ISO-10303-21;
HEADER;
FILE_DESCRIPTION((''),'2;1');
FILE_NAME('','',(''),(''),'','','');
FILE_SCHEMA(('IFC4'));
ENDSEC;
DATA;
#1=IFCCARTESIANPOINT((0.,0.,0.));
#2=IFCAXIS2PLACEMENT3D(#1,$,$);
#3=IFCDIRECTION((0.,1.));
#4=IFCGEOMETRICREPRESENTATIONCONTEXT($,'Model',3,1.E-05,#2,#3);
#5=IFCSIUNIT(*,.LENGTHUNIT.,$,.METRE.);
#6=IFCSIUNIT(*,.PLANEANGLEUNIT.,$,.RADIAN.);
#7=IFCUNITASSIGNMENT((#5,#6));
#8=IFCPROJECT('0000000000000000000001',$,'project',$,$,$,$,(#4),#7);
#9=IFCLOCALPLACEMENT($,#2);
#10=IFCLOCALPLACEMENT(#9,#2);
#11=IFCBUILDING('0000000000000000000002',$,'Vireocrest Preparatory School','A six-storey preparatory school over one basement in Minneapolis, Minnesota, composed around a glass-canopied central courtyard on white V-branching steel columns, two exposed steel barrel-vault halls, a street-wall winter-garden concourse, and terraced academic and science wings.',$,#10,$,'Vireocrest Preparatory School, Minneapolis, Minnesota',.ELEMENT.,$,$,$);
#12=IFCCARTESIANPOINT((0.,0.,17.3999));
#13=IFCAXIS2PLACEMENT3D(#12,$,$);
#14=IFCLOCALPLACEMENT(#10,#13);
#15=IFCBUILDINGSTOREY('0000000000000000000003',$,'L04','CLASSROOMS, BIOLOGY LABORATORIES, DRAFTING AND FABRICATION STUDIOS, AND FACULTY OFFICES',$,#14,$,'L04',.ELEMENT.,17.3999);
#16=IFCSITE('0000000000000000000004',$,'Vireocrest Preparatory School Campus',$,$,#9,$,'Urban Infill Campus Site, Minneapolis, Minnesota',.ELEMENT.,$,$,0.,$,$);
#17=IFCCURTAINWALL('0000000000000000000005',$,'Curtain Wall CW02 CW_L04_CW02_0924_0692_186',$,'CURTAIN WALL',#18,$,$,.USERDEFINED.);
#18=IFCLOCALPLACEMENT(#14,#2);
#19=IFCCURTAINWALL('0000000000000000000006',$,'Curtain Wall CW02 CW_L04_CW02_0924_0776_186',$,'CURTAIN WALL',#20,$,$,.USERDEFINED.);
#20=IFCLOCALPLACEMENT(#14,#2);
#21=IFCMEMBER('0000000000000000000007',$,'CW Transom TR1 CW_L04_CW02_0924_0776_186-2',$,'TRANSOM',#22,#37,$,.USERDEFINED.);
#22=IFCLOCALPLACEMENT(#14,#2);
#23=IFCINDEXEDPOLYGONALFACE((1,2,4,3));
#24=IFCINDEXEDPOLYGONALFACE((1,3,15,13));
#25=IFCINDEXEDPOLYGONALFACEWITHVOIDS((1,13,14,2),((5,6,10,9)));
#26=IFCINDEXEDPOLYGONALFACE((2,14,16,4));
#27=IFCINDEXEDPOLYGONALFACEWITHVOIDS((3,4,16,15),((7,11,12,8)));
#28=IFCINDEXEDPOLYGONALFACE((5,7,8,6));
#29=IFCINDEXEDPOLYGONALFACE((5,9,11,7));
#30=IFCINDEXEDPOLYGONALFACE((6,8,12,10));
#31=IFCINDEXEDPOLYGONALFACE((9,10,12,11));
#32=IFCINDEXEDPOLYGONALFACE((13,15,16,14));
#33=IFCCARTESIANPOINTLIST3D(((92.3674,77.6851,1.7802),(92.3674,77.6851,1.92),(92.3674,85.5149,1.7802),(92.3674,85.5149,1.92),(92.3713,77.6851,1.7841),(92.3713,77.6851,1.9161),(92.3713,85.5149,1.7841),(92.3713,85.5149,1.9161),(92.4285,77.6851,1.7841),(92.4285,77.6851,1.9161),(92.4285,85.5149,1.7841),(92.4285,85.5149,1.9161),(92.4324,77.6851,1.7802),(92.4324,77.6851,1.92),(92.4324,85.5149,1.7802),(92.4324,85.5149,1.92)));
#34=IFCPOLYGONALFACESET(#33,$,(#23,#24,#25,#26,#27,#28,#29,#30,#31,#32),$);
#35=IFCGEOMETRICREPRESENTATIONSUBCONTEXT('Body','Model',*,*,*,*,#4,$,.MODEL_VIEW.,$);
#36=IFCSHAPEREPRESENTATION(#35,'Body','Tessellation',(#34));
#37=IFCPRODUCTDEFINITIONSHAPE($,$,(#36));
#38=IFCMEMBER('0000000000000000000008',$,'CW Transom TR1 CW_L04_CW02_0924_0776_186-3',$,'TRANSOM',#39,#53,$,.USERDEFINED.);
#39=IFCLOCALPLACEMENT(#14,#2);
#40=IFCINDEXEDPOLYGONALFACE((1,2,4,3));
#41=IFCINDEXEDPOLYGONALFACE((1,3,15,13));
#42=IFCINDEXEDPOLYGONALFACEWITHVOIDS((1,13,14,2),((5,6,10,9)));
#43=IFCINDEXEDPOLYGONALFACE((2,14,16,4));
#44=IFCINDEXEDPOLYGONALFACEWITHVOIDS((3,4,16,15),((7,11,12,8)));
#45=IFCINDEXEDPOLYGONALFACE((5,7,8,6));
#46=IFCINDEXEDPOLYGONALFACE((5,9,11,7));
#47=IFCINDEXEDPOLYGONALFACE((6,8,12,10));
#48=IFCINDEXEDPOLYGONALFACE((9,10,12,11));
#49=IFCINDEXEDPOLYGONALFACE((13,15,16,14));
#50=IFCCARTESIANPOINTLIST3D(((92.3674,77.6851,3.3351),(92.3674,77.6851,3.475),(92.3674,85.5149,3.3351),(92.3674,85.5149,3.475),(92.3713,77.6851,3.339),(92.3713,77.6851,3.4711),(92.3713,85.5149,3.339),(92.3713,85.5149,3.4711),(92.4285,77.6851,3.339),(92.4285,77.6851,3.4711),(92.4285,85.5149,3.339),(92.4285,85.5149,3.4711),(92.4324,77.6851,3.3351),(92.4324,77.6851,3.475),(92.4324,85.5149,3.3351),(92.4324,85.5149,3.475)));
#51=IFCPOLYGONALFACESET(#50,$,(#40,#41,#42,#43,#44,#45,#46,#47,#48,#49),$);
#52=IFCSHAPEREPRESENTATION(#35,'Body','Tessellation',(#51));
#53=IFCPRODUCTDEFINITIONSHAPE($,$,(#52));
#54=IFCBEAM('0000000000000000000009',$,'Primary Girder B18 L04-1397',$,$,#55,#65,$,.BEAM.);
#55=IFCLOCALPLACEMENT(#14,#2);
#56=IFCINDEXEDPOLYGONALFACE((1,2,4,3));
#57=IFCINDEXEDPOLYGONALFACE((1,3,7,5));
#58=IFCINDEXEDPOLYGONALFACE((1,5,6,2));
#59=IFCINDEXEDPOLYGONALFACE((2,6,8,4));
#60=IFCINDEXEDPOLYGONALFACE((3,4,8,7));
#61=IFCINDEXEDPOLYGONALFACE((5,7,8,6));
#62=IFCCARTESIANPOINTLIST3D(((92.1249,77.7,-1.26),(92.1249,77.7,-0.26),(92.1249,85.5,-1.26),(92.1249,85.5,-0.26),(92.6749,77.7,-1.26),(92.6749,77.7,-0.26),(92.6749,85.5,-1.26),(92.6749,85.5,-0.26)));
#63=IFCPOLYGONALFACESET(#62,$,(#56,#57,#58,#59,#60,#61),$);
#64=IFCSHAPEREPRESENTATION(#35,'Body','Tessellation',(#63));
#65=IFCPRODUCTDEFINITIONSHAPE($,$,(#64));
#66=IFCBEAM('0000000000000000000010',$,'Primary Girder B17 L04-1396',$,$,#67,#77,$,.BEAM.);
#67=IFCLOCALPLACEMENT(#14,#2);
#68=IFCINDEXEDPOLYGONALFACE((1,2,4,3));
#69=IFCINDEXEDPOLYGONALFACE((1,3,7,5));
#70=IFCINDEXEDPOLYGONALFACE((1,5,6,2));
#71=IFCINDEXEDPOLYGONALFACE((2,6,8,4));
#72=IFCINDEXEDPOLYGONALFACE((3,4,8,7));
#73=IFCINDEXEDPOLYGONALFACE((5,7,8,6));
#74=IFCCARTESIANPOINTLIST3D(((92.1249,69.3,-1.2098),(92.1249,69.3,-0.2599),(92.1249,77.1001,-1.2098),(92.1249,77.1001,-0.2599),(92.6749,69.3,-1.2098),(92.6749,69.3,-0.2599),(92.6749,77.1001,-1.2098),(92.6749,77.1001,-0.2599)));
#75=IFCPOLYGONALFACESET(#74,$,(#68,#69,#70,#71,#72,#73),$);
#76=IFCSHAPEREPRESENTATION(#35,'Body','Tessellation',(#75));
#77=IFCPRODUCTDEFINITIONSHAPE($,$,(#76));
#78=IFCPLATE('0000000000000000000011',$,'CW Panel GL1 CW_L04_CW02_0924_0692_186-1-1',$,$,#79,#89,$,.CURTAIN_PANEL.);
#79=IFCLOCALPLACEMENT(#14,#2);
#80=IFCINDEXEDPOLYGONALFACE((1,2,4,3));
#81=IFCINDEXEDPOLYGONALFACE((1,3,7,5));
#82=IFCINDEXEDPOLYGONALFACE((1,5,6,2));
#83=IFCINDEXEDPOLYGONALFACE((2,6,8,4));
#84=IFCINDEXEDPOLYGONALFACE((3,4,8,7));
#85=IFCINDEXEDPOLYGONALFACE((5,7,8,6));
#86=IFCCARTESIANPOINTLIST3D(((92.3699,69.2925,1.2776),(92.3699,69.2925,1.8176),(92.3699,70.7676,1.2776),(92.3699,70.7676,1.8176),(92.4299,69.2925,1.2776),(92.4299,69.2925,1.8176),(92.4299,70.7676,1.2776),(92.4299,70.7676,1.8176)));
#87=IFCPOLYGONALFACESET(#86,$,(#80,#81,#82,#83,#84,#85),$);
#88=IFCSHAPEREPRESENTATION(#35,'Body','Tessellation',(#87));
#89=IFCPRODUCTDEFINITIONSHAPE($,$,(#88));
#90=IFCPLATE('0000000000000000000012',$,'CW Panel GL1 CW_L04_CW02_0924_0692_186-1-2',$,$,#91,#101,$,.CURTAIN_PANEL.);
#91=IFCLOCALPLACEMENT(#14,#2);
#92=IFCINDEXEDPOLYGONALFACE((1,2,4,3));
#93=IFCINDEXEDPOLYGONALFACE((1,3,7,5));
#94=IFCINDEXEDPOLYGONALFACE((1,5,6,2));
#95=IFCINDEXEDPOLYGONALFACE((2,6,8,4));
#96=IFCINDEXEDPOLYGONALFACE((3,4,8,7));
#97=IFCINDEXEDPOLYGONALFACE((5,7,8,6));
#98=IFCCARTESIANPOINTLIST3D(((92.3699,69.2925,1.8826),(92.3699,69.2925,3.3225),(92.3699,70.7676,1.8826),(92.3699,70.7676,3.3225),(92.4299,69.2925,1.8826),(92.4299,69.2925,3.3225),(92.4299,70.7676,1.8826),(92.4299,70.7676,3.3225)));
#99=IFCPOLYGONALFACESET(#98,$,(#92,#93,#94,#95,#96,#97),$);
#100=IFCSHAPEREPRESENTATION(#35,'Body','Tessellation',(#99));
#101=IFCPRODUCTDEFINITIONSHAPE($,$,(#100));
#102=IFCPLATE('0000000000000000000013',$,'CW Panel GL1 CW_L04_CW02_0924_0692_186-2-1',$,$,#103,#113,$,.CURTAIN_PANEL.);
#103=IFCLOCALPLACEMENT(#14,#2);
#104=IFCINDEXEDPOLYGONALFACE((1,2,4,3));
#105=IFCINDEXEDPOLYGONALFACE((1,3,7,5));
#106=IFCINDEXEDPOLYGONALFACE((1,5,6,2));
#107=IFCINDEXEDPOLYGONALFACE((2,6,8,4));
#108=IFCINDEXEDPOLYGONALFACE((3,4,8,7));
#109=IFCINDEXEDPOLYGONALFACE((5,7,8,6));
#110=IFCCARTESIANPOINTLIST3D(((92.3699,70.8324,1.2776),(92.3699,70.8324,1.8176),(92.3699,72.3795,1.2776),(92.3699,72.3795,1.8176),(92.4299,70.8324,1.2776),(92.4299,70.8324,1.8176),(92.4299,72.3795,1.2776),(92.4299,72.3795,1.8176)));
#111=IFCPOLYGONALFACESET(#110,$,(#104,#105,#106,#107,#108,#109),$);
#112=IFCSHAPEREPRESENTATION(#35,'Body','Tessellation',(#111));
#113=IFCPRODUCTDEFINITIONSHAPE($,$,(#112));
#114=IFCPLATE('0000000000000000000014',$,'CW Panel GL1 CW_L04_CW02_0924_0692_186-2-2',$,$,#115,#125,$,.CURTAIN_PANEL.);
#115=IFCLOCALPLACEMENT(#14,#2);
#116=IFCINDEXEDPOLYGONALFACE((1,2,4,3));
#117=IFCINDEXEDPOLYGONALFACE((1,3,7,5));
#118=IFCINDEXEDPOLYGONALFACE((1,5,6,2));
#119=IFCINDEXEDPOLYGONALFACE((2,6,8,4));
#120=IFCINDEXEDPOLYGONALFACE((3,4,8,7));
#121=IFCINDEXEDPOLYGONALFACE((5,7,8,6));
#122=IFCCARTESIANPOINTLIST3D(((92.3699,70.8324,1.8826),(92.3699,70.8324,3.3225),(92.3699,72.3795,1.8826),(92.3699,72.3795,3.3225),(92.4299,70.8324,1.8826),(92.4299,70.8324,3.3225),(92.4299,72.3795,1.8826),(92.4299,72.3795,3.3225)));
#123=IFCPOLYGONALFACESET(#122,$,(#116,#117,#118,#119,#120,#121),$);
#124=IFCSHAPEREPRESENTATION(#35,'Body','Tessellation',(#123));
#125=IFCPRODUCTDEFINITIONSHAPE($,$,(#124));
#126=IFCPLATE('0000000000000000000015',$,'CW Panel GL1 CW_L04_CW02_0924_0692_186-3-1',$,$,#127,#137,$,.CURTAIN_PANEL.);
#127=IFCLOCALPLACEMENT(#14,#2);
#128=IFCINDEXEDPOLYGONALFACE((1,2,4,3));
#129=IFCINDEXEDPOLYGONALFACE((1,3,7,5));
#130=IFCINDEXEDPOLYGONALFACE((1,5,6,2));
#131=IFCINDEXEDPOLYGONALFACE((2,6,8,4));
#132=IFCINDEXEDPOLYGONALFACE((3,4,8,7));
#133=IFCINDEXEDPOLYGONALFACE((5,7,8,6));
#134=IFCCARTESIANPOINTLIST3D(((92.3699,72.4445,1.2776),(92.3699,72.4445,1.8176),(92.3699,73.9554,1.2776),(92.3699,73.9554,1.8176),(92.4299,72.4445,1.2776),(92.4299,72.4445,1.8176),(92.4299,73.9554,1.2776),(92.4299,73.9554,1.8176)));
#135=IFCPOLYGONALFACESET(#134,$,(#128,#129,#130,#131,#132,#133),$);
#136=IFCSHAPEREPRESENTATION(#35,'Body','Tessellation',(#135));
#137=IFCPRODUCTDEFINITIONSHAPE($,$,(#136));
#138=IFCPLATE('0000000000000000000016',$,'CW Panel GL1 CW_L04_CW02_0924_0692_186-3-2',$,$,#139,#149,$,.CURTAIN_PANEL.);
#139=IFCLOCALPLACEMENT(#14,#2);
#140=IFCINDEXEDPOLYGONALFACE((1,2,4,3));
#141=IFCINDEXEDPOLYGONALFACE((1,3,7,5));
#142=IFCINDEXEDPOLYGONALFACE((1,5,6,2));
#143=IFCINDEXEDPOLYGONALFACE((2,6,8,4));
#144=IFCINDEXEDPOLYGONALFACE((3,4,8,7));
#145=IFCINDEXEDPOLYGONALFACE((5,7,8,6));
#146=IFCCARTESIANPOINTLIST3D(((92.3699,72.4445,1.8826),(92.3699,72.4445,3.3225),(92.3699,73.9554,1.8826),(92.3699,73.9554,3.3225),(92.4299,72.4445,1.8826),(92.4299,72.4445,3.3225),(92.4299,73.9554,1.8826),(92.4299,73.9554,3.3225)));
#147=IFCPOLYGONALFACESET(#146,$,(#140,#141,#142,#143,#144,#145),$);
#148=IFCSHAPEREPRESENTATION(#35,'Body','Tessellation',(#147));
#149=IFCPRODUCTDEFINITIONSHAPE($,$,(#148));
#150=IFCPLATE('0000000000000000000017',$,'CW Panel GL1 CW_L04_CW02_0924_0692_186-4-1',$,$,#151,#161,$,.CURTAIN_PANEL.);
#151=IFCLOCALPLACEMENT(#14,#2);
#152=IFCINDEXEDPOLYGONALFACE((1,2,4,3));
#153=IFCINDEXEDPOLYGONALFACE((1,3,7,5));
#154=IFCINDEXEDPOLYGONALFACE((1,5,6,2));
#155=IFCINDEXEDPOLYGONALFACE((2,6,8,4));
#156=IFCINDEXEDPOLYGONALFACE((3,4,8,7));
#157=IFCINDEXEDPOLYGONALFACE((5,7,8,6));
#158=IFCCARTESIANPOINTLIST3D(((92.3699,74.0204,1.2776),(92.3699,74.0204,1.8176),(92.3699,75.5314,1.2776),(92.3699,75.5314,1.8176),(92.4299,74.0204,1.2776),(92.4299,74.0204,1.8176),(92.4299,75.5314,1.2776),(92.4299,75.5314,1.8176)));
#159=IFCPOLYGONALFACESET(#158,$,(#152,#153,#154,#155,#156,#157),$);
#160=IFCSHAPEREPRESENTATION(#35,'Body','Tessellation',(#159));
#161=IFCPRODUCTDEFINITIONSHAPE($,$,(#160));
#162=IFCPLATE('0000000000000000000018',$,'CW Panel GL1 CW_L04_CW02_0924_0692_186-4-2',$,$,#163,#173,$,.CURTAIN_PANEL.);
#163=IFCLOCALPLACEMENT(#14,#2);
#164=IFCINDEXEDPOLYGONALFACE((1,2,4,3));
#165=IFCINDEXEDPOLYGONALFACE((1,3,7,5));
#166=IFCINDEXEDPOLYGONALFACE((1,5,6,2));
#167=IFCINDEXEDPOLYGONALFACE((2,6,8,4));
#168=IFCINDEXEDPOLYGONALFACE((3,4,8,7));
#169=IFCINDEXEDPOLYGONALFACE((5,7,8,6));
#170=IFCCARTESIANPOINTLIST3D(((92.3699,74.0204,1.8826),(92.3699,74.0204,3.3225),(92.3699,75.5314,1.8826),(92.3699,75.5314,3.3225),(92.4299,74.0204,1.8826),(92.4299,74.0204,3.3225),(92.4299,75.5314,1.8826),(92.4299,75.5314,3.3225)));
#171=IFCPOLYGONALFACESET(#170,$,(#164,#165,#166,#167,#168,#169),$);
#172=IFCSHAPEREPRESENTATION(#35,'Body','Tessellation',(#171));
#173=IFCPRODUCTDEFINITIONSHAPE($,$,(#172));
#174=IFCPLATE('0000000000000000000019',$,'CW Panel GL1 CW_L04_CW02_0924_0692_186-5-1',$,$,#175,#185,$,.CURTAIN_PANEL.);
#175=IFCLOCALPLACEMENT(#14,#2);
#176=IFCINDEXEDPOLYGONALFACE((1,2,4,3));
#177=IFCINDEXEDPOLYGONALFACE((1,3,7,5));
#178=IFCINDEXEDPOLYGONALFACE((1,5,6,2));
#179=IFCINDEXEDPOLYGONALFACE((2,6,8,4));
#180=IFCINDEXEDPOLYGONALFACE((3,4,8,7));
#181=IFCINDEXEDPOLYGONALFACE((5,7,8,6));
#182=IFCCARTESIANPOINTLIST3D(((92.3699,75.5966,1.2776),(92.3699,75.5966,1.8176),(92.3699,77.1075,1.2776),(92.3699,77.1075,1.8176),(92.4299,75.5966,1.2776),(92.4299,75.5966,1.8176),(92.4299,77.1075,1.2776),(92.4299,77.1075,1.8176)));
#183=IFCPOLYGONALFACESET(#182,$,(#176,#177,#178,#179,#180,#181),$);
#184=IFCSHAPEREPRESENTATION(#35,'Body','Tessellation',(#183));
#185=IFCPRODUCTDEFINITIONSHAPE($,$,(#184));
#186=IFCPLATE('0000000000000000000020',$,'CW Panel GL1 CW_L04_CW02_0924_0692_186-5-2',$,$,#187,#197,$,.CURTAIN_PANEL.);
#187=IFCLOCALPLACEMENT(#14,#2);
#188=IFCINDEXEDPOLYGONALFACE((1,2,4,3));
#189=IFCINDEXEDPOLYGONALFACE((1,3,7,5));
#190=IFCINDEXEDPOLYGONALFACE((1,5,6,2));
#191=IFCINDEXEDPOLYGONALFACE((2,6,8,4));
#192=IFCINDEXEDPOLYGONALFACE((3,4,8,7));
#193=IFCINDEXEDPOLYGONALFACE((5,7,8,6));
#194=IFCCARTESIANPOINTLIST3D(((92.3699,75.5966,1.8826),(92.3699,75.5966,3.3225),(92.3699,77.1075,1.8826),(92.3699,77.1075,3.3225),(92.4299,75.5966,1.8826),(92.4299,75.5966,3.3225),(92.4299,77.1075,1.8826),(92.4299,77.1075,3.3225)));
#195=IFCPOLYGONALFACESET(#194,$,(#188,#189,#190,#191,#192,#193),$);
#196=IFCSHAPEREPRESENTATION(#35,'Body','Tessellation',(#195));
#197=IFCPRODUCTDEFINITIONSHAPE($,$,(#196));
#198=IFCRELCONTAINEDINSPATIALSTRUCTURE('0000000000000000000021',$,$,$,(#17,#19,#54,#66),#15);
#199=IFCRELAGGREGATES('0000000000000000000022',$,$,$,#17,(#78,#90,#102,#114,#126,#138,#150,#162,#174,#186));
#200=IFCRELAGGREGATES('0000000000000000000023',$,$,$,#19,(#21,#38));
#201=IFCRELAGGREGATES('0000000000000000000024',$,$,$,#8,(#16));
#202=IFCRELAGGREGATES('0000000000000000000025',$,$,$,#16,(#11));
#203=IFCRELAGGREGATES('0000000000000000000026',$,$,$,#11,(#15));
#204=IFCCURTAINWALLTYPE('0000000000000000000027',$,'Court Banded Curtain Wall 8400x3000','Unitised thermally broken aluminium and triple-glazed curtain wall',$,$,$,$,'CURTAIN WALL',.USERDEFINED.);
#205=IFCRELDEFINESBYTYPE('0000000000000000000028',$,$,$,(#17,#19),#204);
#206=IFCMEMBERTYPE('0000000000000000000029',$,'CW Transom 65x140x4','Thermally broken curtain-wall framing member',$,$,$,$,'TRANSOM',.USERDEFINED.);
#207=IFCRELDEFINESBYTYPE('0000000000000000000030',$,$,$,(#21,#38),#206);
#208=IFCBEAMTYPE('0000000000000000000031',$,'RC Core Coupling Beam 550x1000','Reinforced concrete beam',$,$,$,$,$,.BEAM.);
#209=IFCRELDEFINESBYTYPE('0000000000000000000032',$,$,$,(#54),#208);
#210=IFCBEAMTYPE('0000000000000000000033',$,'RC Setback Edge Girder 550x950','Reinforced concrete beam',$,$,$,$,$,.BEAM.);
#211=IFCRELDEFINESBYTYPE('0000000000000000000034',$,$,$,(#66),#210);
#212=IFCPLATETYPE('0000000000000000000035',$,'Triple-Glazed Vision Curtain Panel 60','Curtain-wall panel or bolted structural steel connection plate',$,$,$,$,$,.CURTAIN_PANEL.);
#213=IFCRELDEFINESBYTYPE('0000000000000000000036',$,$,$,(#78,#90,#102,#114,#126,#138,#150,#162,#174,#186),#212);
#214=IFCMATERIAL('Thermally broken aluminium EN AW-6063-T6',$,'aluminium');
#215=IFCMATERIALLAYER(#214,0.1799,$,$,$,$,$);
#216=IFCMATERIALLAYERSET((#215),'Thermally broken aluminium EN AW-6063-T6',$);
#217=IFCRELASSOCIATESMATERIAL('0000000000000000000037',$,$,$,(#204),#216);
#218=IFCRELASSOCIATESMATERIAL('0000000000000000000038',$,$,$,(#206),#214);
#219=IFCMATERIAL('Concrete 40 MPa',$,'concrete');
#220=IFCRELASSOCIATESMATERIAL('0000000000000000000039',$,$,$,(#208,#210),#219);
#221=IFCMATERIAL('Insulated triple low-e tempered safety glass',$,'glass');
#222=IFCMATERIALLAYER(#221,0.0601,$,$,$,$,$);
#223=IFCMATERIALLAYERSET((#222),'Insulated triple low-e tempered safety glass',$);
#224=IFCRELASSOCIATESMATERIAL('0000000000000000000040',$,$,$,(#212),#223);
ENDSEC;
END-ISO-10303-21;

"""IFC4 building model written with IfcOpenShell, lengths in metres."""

from ifc_helpers import new_model, si_unit, direction, frame, origin, origin_2d, place, context, subcontext, project, spatial, rectangle, hollow_rectangle, extrude, material, layer, layer_set, material_profile, profile_set, type_object, element, aggregate, save


model = new_model("IFC4")

# Units and contexts
model_context = context("Model", 3, precision=1e-05, world=origin(), true_north=direction((0.0, 1.0)))
body_context = subcontext(model_context, "Body", "Model", "MODEL_VIEW")
ifc_project = project(units=[si_unit("LENGTHUNIT", "METRE"), si_unit("PLANEANGLEUNIT", "RADIAN")], contexts=[model_context])

# Site, building, storey
site_placement = place(None, origin())
site = spatial("IfcSite", under=ifc_project, at=site_placement, Name="Vireocrest Preparatory School Campus", LongName="Urban Infill Campus Site, Minneapolis, Minnesota", CompositionType="ELEMENT", RefElevation=0.0)
building_placement = place(site_placement, origin())
building = spatial("IfcBuilding", under=site, at=building_placement, Name="Vireocrest Preparatory School", Description="A six-storey preparatory school over one basement in Minneapolis, Minnesota, composed around a glass-canopied central courtyard on white V-branching steel columns, two exposed steel barrel-vault halls, a street-wall winter-garden concourse, and terraced academic and science wings.", LongName="Vireocrest Preparatory School, Minneapolis, Minnesota", CompositionType="ELEMENT")
storey_placement = place(building_placement, frame((0.0, 0.0, 17.3999)))
storey = spatial("IfcBuildingStorey", under=building, at=storey_placement, Name="L04", Description="CLASSROOMS, BIOLOGY LABORATORIES, DRAFTING AND FABRICATION STUDIOS, AND FACULTY OFFICES", LongName="L04", CompositionType="ELEMENT", Elevation=17.3999)

# Curtain walls, members
ifc_material_1 = material(Name="Thermally broken aluminium EN AW-6063-T6", Category="aluminium")
ifc_layer_1 = layer(ifc_material_1, 0.1799)
ifc_layer_set_1 = layer_set([ifc_layer_1], Name="Thermally broken aluminium EN AW-6063-T6")
curtain_wall_type = type_object("IfcCurtainWallType", Name="Court Banded Curtain Wall 8400x3000", Description="Unitised thermally broken aluminium and triple-glazed curtain wall", ElementType="CURTAIN WALL", PredefinedType="USERDEFINED", material=ifc_layer_set_1)
curtain_wall_1_placement = place(storey_placement, origin())
curtain_wall_1 = element("IfcCurtainWall", 1, at=curtain_wall_1_placement, inside=storey, type_object=curtain_wall_type, Name="Curtain Wall CW02 CW_L04_CW02_0924_0692_186", ObjectType="CURTAIN WALL", PredefinedType="USERDEFINED")
curtain_wall_2_placement = place(storey_placement, origin())
curtain_wall_2 = element("IfcCurtainWall", 2, at=curtain_wall_2_placement, inside=storey, type_object=curtain_wall_type, Name="Curtain Wall CW02 CW_L04_CW02_0924_0776_186", ObjectType="CURTAIN WALL", PredefinedType="USERDEFINED")
ifc_material_profile_1 = material_profile(ifc_material_1, hollow_rectangle(XDim=0.0649, YDim=0.1399, WallThickness=0.0039, at=origin_2d()), Name="ALU 65x140x4")
ifc_profile_set_1 = profile_set([ifc_material_profile_1], Name="Thermally broken aluminium EN AW-6063-T6")
member_type_1 = type_object("IfcMemberType", Name="CW Transom 65x140x4", Description="Thermally broken curtain-wall framing member", ElementType="TRANSOM", PredefinedType="USERDEFINED", material=ifc_profile_set_1)
member_1_placement = place(storey_placement, frame((92.3999, 77.6851, 1.8501), z_axis=(0.0, 1.0, 0.0), x_axis=(-1.0, 0.0, 0.0)))
member_1 = element("IfcMember", 3, at=member_1_placement, type_object=member_type_1, Name="CW Transom TR1 CW_L04_CW02_0924_0776_186-2", ObjectType="TRANSOM", PredefinedType="USERDEFINED", context=body_context, shape_type="SweptSolid", body=[
    extrude(hollow_rectangle(XDim=0.0649, YDim=0.1399, WallThickness=0.0039, at=origin_2d()), origin(), (0.0, 0.0, 1.0), 7.8298),
])
member_2_placement = place(storey_placement, frame((92.3999, 77.6851, 3.405), z_axis=(0.0, 1.0, 0.0), x_axis=(-1.0, 0.0, 0.0)))
member_2 = element("IfcMember", 4, at=member_2_placement, type_object=member_type_1, Name="CW Transom TR1 CW_L04_CW02_0924_0776_186-3", ObjectType="TRANSOM", PredefinedType="USERDEFINED", context=body_context, shape_type="SweptSolid", body=[
    extrude(hollow_rectangle(XDim=0.0649, YDim=0.1399, WallThickness=0.0039, at=origin_2d()), origin(), (0.0, 0.0, 1.0), 7.8298),
])

# Beams
ifc_material_2 = material(Name="Concrete 40 MPa", Category="concrete")
ifc_material_profile_2 = material_profile(ifc_material_2, rectangle(XDim=0.55, YDim=1.0, at=origin_2d()), Name="RC 550x1000")
ifc_profile_set_2 = profile_set([ifc_material_profile_2], Name="Concrete 40 MPa")
beam_type_1 = type_object("IfcBeamType", Name="RC Core Coupling Beam 550x1000", Description="Reinforced concrete beam", PredefinedType="BEAM", material=ifc_profile_set_2)
beam_1_placement = place(storey_placement, frame((92.3999, 77.7, -0.76), z_axis=(0.0, 1.0, 0.0), x_axis=(-1.0, 0.0, 0.0)))
element("IfcBeam", 5, at=beam_1_placement, inside=storey, type_object=beam_type_1, Name="Primary Girder B18 L04-1397", PredefinedType="BEAM", context=body_context, shape_type="SweptSolid", body=[
    extrude(rectangle(XDim=0.55, YDim=1.0, at=origin_2d()), origin(), (0.0, 0.0, 1.0), 7.8),
])
ifc_material_profile_3 = material_profile(ifc_material_2, rectangle(XDim=0.55, YDim=0.95, at=origin_2d()), Name="RC 550x950")
ifc_profile_set_3 = profile_set([ifc_material_profile_3], Name="Concrete 40 MPa")
beam_type_2 = type_object("IfcBeamType", Name="RC Setback Edge Girder 550x950", Description="Reinforced concrete beam", PredefinedType="BEAM", material=ifc_profile_set_3)
beam_2_placement = place(storey_placement, frame((92.3999, 69.3, -0.7349), z_axis=(0.0, 1.0, 0.0), x_axis=(-1.0, 0.0, 0.0)))
element("IfcBeam", 6, at=beam_2_placement, inside=storey, type_object=beam_type_2, Name="Primary Girder B17 L04-1396", PredefinedType="BEAM", context=body_context, shape_type="SweptSolid", body=[
    extrude(rectangle(XDim=0.55, YDim=0.95, at=origin_2d()), origin(), (0.0, 0.0, 1.0), 7.8),
])

# Plates
ifc_material_3 = material(Name="Insulated triple low-e tempered safety glass", Category="glass")
ifc_layer_2 = layer(ifc_material_3, 0.0601)
ifc_layer_set_2 = layer_set([ifc_layer_2], Name="Insulated triple low-e tempered safety glass")
plate_type = type_object("IfcPlateType", Name="Triple-Glazed Vision Curtain Panel 60", Description="Curtain-wall panel or bolted structural steel connection plate", PredefinedType="CURTAIN_PANEL", material=ifc_layer_set_2)
plate_1_placement = place(storey_placement, frame((92.3999, 70.03, 1.2776), z_axis=(0.0, 0.0, 1.0), x_axis=(0.0, 1.0, 0.0)))
plate_1 = element("IfcPlate", 7, at=plate_1_placement, type_object=plate_type, Name="CW Panel GL1 CW_L04_CW02_0924_0692_186-1-1", PredefinedType="CURTAIN_PANEL", context=body_context, shape_type="SweptSolid", body=[
    extrude(rectangle(XDim=1.4751, YDim=0.0601, at=origin_2d()), origin(), (0.0, 0.0, 1.0), 0.54),
])
plate_2_placement = place(storey_placement, frame((92.3999, 70.03, 1.8826), z_axis=(0.0, 0.0, 1.0), x_axis=(0.0, 1.0, 0.0)))
plate_2 = element("IfcPlate", 8, at=plate_2_placement, type_object=plate_type, Name="CW Panel GL1 CW_L04_CW02_0924_0692_186-1-2", PredefinedType="CURTAIN_PANEL", context=body_context, shape_type="SweptSolid", body=[
    extrude(rectangle(XDim=1.4751, YDim=0.0601, at=origin_2d()), origin(), (0.0, 0.0, 1.0), 1.4399),
])
plate_3_placement = place(storey_placement, frame((92.3999, 71.606, 1.2776), z_axis=(0.0, 0.0, 1.0), x_axis=(0.0, 1.0, 0.0)))
plate_3 = element("IfcPlate", 9, at=plate_3_placement, type_object=plate_type, Name="CW Panel GL1 CW_L04_CW02_0924_0692_186-2-1", PredefinedType="CURTAIN_PANEL", context=body_context, shape_type="SweptSolid", body=[
    extrude(rectangle(XDim=1.5471, YDim=0.0601, at=origin_2d()), origin(), (0.0, 0.0, 1.0), 0.54),
])
plate_4_placement = place(storey_placement, frame((92.3999, 71.606, 1.8826), z_axis=(0.0, 0.0, 1.0), x_axis=(0.0, 1.0, 0.0)))
plate_4 = element("IfcPlate", 10, at=plate_4_placement, type_object=plate_type, Name="CW Panel GL1 CW_L04_CW02_0924_0692_186-2-2", PredefinedType="CURTAIN_PANEL", context=body_context, shape_type="SweptSolid", body=[
    extrude(rectangle(XDim=1.5471, YDim=0.0601, at=origin_2d()), origin(), (0.0, 0.0, 1.0), 1.4399),
])
plate_5_placement = place(storey_placement, frame((92.3999, 73.2, 1.2776), z_axis=(0.0, 0.0, 1.0), x_axis=(0.0, 1.0, 0.0)))
plate_5 = element("IfcPlate", 11, at=plate_5_placement, type_object=plate_type, Name="CW Panel GL1 CW_L04_CW02_0924_0692_186-3-1", PredefinedType="CURTAIN_PANEL", context=body_context, shape_type="SweptSolid", body=[
    extrude(rectangle(XDim=1.511, YDim=0.0601, at=origin_2d()), origin(), (0.0, 0.0, 1.0), 0.54),
])
plate_6_placement = place(storey_placement, frame((92.3999, 73.2, 1.8826), z_axis=(0.0, 0.0, 1.0), x_axis=(0.0, 1.0, 0.0)))
plate_6 = element("IfcPlate", 12, at=plate_6_placement, type_object=plate_type, Name="CW Panel GL1 CW_L04_CW02_0924_0692_186-3-2", PredefinedType="CURTAIN_PANEL", context=body_context, shape_type="SweptSolid", body=[
    extrude(rectangle(XDim=1.511, YDim=0.0601, at=origin_2d()), origin(), (0.0, 0.0, 1.0), 1.4399),
])
plate_7_placement = place(storey_placement, frame((92.3999, 74.7759, 1.2776), z_axis=(0.0, 0.0, 1.0), x_axis=(0.0, 1.0, 0.0)))
plate_7 = element("IfcPlate", 13, at=plate_7_placement, type_object=plate_type, Name="CW Panel GL1 CW_L04_CW02_0924_0692_186-4-1", PredefinedType="CURTAIN_PANEL", context=body_context, shape_type="SweptSolid", body=[
    extrude(rectangle(XDim=1.511, YDim=0.0601, at=origin_2d()), origin(), (0.0, 0.0, 1.0), 0.54),
])
plate_8_placement = place(storey_placement, frame((92.3999, 74.7759, 1.8826), z_axis=(0.0, 0.0, 1.0), x_axis=(0.0, 1.0, 0.0)))
plate_8 = element("IfcPlate", 14, at=plate_8_placement, type_object=plate_type, Name="CW Panel GL1 CW_L04_CW02_0924_0692_186-4-2", PredefinedType="CURTAIN_PANEL", context=body_context, shape_type="SweptSolid", body=[
    extrude(rectangle(XDim=1.511, YDim=0.0601, at=origin_2d()), origin(), (0.0, 0.0, 1.0), 1.4399),
])
plate_9_placement = place(storey_placement, frame((92.3999, 76.3521, 1.2776), z_axis=(0.0, 0.0, 1.0), x_axis=(0.0, 1.0, 0.0)))
plate_9 = element("IfcPlate", 15, at=plate_9_placement, type_object=plate_type, Name="CW Panel GL1 CW_L04_CW02_0924_0692_186-5-1", PredefinedType="CURTAIN_PANEL", context=body_context, shape_type="SweptSolid", body=[
    extrude(rectangle(XDim=1.511, YDim=0.0601, at=origin_2d()), origin(), (0.0, 0.0, 1.0), 0.54),
])
plate_10_placement = place(storey_placement, frame((92.3999, 76.3521, 1.8826), z_axis=(0.0, 0.0, 1.0), x_axis=(0.0, 1.0, 0.0)))
plate_10 = element("IfcPlate", 16, at=plate_10_placement, type_object=plate_type, Name="CW Panel GL1 CW_L04_CW02_0924_0692_186-5-2", PredefinedType="CURTAIN_PANEL", context=body_context, shape_type="SweptSolid", body=[
    extrude(rectangle(XDim=1.511, YDim=0.0601, at=origin_2d()), origin(), (0.0, 0.0, 1.0), 1.4399),
])
aggregate(curtain_wall_1, [plate_1, plate_2, plate_3, plate_4, plate_5, plate_6, plate_7, plate_8, plate_9, plate_10])
aggregate(curtain_wall_2, [member_1, member_2])

save(model, "model.ifc")
